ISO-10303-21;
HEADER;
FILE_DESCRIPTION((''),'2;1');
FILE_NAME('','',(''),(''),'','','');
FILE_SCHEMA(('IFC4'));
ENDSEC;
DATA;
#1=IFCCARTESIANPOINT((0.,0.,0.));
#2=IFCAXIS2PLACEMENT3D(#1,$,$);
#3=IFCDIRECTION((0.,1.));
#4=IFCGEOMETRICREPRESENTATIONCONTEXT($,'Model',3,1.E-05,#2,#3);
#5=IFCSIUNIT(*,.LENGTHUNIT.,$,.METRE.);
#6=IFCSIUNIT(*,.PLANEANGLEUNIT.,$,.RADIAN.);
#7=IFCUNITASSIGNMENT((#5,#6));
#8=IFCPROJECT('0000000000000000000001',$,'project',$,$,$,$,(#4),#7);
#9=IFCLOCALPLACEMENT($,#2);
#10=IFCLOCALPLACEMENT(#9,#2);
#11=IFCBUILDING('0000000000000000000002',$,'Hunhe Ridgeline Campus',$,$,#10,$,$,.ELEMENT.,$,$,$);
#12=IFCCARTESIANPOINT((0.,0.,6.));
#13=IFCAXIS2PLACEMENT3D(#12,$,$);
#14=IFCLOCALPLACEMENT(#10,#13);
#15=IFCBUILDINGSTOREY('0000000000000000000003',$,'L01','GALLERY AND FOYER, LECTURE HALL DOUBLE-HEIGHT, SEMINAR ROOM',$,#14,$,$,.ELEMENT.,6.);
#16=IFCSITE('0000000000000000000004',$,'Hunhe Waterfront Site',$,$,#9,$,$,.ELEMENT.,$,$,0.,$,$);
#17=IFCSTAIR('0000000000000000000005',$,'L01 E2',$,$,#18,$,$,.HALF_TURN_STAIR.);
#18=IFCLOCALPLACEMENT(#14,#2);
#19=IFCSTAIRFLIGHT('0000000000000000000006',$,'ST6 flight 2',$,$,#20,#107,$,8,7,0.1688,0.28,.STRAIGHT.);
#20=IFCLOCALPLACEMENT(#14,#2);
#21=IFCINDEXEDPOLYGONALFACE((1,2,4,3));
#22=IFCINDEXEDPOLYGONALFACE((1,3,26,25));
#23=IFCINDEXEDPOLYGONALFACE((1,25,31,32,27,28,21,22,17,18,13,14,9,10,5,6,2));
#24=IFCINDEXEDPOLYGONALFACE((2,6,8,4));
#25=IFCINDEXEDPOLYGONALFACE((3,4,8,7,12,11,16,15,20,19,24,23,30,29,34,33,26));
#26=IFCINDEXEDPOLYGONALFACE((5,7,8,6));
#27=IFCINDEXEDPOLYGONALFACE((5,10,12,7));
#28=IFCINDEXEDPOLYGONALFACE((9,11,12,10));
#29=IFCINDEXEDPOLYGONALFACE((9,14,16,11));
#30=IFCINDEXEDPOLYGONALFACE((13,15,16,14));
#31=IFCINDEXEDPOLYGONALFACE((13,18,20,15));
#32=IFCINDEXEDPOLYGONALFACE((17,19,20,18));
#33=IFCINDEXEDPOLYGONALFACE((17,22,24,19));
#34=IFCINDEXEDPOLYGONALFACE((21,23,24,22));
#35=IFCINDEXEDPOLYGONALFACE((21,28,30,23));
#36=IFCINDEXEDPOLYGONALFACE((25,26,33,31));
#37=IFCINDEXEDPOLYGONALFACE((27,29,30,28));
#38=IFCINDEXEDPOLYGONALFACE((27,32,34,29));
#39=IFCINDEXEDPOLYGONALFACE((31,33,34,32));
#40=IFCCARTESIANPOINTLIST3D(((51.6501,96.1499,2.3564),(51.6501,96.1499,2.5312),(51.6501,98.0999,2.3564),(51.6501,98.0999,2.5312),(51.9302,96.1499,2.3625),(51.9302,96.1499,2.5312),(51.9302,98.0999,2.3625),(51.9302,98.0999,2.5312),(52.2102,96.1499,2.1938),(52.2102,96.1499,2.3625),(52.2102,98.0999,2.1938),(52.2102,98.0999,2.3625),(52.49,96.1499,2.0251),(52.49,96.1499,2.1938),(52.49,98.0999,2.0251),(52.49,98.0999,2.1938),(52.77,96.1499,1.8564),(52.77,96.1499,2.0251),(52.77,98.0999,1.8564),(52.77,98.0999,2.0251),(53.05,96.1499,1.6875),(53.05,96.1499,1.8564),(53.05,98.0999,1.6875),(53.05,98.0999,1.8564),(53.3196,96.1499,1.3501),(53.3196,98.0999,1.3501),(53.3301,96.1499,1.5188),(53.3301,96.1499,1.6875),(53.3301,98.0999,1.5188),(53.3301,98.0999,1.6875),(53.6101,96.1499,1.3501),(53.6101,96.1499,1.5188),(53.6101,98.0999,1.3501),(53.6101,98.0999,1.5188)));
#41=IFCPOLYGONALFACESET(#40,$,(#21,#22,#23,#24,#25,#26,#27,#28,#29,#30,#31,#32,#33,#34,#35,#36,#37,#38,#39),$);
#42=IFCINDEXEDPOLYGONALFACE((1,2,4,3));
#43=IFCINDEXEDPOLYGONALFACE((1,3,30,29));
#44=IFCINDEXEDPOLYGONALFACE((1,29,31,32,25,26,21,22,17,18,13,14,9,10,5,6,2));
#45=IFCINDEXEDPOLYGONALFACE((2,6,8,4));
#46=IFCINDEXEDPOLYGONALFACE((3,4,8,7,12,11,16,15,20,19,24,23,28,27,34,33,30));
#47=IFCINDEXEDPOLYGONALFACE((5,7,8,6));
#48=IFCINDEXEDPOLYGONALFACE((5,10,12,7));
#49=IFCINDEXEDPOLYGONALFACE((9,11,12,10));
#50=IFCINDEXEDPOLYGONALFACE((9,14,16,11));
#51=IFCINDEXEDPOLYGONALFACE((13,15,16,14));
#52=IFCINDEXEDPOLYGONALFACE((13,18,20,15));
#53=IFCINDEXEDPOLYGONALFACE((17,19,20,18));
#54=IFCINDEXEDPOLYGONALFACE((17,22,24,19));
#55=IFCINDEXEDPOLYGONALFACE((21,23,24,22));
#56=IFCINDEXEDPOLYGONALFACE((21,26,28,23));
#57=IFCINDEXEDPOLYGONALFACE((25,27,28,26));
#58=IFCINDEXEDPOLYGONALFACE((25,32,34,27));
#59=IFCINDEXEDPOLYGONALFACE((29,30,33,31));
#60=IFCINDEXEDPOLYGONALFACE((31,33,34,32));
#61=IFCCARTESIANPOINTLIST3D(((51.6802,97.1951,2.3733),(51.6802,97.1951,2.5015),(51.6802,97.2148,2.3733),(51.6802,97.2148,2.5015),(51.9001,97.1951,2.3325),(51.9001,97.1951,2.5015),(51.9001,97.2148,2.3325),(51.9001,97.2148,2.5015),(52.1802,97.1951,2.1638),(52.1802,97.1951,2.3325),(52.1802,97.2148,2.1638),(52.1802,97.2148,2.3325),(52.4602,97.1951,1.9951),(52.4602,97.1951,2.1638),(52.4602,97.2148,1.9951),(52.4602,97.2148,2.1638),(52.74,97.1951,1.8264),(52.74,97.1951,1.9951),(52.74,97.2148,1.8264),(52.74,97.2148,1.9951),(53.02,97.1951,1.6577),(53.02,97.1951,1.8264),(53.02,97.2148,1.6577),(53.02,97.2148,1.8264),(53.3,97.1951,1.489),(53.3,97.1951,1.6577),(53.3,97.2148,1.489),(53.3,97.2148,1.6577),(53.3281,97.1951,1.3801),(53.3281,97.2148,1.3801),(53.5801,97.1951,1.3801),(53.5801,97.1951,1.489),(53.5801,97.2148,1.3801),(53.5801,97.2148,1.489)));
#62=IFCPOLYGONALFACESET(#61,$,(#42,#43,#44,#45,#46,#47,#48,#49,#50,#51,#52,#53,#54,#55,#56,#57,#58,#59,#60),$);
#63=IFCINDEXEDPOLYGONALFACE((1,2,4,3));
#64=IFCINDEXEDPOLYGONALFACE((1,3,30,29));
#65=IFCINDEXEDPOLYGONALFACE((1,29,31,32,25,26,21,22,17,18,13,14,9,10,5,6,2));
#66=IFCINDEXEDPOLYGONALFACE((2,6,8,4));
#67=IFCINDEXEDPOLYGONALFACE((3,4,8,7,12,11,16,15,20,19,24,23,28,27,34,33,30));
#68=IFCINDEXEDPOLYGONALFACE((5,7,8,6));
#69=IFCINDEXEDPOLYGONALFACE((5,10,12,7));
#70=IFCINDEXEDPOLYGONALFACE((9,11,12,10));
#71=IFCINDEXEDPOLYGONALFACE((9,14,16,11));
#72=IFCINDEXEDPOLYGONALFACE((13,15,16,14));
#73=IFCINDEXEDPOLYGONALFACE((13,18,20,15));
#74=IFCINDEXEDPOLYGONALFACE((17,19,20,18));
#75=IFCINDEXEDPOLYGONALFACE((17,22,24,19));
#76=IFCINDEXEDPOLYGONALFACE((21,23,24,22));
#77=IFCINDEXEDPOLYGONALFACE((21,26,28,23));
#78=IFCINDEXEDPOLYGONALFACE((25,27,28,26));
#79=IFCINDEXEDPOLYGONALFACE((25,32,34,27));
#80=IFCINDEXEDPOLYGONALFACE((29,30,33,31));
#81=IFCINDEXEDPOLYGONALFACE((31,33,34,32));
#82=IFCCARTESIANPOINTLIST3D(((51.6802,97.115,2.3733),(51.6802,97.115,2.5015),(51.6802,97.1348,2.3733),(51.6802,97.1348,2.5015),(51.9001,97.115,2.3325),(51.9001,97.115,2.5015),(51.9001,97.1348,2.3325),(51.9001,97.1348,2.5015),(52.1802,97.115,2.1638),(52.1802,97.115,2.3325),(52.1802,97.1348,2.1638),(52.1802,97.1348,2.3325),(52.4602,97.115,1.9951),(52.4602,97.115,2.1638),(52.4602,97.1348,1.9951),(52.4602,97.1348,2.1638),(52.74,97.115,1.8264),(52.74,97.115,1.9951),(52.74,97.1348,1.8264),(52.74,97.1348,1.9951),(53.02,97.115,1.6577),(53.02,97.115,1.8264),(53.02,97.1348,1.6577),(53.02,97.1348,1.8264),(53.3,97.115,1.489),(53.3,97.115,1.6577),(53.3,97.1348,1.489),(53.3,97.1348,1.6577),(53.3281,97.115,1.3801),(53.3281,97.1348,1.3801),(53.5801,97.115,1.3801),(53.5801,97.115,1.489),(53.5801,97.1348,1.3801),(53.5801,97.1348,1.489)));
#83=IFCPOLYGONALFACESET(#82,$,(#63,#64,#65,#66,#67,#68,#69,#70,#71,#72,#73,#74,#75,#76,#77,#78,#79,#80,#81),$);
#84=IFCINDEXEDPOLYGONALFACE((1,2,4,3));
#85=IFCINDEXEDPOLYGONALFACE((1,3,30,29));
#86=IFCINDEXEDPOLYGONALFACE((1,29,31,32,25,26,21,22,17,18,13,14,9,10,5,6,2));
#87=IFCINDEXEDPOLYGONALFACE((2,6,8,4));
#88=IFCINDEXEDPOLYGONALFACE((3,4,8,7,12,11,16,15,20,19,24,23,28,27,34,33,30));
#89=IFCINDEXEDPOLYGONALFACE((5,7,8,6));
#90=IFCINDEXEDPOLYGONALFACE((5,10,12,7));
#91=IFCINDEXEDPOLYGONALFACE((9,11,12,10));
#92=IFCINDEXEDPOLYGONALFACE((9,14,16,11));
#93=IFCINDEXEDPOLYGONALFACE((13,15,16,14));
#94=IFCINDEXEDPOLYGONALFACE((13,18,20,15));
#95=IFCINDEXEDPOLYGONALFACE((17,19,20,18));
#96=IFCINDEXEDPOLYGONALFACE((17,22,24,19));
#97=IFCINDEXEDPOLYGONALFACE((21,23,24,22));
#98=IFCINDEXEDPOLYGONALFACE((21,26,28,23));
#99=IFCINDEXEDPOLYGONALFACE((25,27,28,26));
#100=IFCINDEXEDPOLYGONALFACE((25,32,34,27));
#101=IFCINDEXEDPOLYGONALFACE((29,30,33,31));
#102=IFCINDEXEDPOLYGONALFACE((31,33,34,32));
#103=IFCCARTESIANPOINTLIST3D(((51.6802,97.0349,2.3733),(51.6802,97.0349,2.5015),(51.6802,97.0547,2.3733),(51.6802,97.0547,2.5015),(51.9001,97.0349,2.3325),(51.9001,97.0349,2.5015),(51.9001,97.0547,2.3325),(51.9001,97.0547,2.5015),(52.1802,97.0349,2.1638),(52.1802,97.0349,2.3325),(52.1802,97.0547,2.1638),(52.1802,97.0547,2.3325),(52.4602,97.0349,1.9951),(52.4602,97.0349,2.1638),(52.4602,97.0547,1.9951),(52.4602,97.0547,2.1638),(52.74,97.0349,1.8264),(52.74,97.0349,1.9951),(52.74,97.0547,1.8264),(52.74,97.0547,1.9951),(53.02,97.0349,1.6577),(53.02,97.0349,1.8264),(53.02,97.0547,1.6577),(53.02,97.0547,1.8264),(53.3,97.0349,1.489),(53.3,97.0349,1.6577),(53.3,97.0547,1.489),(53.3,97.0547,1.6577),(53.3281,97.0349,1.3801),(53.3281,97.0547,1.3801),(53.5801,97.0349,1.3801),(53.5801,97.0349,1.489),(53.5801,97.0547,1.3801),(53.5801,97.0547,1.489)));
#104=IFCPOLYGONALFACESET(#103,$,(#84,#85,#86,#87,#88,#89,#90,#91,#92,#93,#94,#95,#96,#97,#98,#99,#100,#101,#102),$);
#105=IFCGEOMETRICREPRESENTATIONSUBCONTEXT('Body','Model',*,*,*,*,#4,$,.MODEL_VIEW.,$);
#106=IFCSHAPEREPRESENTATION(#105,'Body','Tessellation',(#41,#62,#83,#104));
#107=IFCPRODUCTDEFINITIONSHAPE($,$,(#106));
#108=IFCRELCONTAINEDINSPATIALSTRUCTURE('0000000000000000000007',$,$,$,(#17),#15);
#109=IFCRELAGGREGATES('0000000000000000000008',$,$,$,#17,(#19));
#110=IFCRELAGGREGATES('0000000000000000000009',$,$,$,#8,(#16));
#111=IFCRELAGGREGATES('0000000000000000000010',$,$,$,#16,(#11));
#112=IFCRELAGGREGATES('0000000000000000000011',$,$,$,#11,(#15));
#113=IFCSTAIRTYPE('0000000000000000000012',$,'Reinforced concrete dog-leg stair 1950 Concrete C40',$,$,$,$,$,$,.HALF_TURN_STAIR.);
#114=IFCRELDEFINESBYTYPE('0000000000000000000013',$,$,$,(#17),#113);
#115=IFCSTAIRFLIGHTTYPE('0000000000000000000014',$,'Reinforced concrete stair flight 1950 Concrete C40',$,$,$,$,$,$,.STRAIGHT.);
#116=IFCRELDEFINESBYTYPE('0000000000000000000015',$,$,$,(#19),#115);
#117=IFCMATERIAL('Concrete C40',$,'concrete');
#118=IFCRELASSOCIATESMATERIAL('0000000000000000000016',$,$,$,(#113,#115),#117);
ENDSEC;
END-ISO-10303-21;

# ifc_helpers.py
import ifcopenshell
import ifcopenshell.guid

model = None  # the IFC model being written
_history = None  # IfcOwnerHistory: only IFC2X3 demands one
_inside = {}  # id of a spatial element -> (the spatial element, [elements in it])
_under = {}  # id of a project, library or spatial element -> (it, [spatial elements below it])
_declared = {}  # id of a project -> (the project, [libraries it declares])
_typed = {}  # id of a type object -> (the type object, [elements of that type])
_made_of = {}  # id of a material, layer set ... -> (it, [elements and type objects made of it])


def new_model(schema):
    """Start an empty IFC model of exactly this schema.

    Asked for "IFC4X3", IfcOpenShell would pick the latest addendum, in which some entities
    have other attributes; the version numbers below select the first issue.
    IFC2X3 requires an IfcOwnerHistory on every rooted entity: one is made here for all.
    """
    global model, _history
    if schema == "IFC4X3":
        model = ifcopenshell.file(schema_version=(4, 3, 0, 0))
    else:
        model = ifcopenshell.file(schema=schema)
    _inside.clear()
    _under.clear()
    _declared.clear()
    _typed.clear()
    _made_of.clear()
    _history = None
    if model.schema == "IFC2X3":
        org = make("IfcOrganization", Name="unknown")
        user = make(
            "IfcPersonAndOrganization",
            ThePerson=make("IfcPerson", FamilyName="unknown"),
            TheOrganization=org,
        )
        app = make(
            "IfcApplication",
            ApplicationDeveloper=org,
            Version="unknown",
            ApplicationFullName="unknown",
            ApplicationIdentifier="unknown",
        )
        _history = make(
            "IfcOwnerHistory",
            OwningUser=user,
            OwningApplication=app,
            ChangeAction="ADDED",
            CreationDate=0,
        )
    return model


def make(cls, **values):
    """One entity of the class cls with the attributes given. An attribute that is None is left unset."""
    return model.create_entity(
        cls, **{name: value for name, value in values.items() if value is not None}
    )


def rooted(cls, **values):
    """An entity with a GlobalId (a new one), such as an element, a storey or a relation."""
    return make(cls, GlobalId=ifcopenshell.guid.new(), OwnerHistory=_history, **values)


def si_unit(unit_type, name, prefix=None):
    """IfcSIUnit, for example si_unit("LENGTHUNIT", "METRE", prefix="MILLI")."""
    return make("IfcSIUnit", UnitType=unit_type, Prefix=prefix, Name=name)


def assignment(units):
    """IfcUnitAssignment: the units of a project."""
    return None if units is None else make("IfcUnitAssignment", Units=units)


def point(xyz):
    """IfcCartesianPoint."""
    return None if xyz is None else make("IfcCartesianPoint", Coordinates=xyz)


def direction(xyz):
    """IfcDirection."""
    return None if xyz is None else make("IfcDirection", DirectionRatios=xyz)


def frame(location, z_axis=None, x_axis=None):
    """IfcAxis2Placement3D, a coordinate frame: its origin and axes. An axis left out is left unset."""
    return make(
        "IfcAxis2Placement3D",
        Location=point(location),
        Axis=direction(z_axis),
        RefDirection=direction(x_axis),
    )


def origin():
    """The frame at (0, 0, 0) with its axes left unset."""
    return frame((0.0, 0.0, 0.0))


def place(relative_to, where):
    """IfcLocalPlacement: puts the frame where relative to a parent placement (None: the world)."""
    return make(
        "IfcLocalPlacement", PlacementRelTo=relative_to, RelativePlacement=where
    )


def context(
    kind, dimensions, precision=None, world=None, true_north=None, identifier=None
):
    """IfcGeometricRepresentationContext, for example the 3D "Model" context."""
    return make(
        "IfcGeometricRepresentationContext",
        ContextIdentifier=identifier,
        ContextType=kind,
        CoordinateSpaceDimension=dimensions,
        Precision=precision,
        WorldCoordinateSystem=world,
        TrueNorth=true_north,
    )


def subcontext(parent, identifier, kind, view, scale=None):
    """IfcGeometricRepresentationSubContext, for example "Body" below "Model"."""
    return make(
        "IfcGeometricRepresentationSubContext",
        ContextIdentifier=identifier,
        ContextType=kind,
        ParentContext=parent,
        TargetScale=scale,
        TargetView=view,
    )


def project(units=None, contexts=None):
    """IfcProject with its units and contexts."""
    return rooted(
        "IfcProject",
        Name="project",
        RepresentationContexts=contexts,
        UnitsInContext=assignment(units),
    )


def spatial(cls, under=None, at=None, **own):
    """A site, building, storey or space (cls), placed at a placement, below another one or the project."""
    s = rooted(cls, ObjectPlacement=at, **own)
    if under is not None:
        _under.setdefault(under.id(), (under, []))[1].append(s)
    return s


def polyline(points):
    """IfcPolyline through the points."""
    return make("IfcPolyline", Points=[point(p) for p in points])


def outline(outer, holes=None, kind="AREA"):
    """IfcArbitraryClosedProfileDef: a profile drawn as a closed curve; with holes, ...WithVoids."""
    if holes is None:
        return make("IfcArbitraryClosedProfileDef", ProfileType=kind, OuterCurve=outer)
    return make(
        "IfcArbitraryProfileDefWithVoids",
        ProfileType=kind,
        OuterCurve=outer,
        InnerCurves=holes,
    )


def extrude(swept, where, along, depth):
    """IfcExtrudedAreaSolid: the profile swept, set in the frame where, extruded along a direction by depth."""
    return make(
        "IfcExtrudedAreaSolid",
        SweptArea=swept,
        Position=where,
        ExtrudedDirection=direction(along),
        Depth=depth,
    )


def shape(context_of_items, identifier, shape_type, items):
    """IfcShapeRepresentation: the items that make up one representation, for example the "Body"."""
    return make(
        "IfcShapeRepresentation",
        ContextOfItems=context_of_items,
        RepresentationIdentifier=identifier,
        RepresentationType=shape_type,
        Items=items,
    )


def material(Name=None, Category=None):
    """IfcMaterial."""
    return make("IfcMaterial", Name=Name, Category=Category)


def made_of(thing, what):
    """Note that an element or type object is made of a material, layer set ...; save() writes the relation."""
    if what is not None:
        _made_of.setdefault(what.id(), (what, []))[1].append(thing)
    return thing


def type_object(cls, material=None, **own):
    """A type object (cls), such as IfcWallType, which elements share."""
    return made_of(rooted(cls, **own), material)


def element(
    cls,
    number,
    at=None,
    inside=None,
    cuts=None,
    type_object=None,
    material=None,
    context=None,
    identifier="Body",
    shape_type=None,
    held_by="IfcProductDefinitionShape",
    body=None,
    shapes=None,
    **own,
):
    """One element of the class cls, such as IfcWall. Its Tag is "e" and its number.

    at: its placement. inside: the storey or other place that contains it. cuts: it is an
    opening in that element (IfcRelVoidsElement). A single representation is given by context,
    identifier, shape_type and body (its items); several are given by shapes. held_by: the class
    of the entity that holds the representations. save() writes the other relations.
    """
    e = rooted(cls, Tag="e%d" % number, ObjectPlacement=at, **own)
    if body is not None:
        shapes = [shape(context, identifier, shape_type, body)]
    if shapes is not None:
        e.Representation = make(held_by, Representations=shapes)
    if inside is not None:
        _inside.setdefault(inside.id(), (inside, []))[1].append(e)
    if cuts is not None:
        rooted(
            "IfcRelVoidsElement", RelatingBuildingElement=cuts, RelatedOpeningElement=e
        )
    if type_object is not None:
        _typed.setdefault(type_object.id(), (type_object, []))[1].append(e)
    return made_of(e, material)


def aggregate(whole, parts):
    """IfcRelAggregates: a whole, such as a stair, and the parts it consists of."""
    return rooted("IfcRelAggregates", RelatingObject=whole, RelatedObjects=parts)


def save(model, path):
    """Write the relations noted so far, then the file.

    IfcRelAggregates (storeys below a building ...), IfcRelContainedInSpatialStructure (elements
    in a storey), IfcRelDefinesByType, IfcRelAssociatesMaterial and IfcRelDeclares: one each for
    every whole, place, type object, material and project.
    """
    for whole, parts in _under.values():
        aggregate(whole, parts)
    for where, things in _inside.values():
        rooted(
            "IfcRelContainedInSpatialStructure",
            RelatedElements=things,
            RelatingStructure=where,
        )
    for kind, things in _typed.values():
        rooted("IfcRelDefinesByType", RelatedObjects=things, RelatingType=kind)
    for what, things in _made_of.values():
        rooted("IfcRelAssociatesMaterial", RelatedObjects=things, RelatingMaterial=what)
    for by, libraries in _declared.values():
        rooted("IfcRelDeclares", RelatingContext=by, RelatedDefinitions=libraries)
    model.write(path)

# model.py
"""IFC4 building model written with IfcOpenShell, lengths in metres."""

from ifc_helpers import new_model, si_unit, direction, frame, origin, place, context, subcontext, project, spatial, polyline, outline, extrude, material, type_object, element, aggregate, save


model = new_model("IFC4")

# Units and contexts
model_context = context("Model", 3, precision=1e-05, world=origin(), true_north=direction((0.0, 1.0)))
body_context = subcontext(model_context, "Body", "Model", "MODEL_VIEW")
ifc_project = project(units=[si_unit("LENGTHUNIT", "METRE"), si_unit("PLANEANGLEUNIT", "RADIAN")], contexts=[model_context])

# Site, building, storey
site_placement = place(None, origin())
site = spatial("IfcSite", under=ifc_project, at=site_placement, Name="Hunhe Waterfront Site", CompositionType="ELEMENT", RefElevation=0.0)
building_placement = place(site_placement, origin())
building = spatial("IfcBuilding", under=site, at=building_placement, Name="Hunhe Ridgeline Campus", CompositionType="ELEMENT")
storey_placement = place(building_placement, frame((0.0, 0.0, 6.0)))
storey = spatial("IfcBuildingStorey", under=building, at=storey_placement, Name="L01", Description="GALLERY AND FOYER, LECTURE HALL DOUBLE-HEIGHT, SEMINAR ROOM", CompositionType="ELEMENT", Elevation=6.0)

# Stair, stair flight
ifc_material_1 = material(Name="Concrete C40", Category="concrete")
stair_type = type_object("IfcStairType", Name="Reinforced concrete dog-leg stair 1950 Concrete C40", PredefinedType="HALF_TURN_STAIR", material=ifc_material_1)
stair_placement = place(storey_placement, origin())
stair = element("IfcStair", 1, at=stair_placement, inside=storey, type_object=stair_type, Name="L01 E2", PredefinedType="HALF_TURN_STAIR")
stair_flight_type = type_object("IfcStairFlightType", Name="Reinforced concrete stair flight 1950 Concrete C40", PredefinedType="STRAIGHT", material=ifc_material_1)
stair_flight_1_placement = place(storey_placement, frame((53.6101, 97.125, 1.3501), z_axis=(0.0, 0.0, 1.0), x_axis=(-1.0, 0.0, 0.0)))
stair_flight_1 = element("IfcStairFlight", 2, at=stair_flight_1_placement, type_object=stair_flight_type, Name="ST6 flight 2", NumberOfRisers=8, NumberOfTreads=7, PredefinedType="STRAIGHT", RiserHeight=0.1688, TreadLength=0.28, context=body_context, shape_type="SweptSolid", body=[
    extrude(outline(polyline([(0.0, 0.0), (0.0, 0.1687), (0.28, 0.1687), (0.28, 0.3374), (0.5601, 0.3374), (0.5601, 0.5063), (0.8401, 0.5063), (0.8401, 0.675), (1.1201, 0.675), (1.1201, 0.8438), (1.3999, 0.8438), (1.3999, 1.0125), (1.6799, 1.0125), (1.6799, 1.1812), (1.96, 1.1812), (1.96, 1.3501), (1.96, 1.0063), (0.2905, 0.0), (0.0, 0.0)])), frame((0.0, 0.9751, 0.0), z_axis=(0.0, -1.0, 0.0), x_axis=(1.0, 0.0, 0.0)), (0.0, 0.0, 1.0), 1.95),
    extrude(outline(polyline([(0.03, 0.03), (0.03, 0.1389), (0.3101, 0.1389), (0.3101, 0.3076), (0.5901, 0.3076), (0.5901, 0.4763), (0.8701, 0.4763), (0.8701, 0.645), (1.1499, 0.645), (1.1499, 0.8137), (1.4299, 0.8137), (1.4299, 0.9824), (1.71, 0.9824), (1.71, 1.1514), (1.9299, 1.1514), (1.9299, 1.0232), (0.282, 0.03), (0.03, 0.03)])), frame((0.0, -0.0701, 0.0), z_axis=(0.0, -1.0, 0.0), x_axis=(1.0, 0.0, 0.0)), (0.0, 0.0, 1.0), 0.0198),
    extrude(outline(polyline([(0.03, 0.03), (0.03, 0.1389), (0.3101, 0.1389), (0.3101, 0.3076), (0.5901, 0.3076), (0.5901, 0.4763), (0.8701, 0.4763), (0.8701, 0.645), (1.1499, 0.645), (1.1499, 0.8137), (1.4299, 0.8137), (1.4299, 0.9824), (1.71, 0.9824), (1.71, 1.1514), (1.9299, 1.1514), (1.9299, 1.0232), (0.282, 0.03), (0.03, 0.03)])), frame((0.0, 0.01, 0.0), z_axis=(0.0, -1.0, 0.0), x_axis=(1.0, 0.0, 0.0)), (0.0, 0.0, 1.0), 0.0198),
    extrude(outline(polyline([(0.03, 0.03), (0.03, 0.1389), (0.3101, 0.1389), (0.3101, 0.3076), (0.5901, 0.3076), (0.5901, 0.4763), (0.8701, 0.4763), (0.8701, 0.645), (1.1499, 0.645), (1.1499, 0.8137), (1.4299, 0.8137), (1.4299, 0.9824), (1.71, 0.9824), (1.71, 1.1514), (1.9299, 1.1514), (1.9299, 1.0232), (0.282, 0.03), (0.03, 0.03)])), frame((0.0, 0.0901, 0.0), z_axis=(0.0, -1.0, 0.0), x_axis=(1.0, 0.0, 0.0)), (0.0, 0.0, 1.0), 0.0198),
])
aggregate(stair, [stair_flight_1])

save(model, "model.ifc")
